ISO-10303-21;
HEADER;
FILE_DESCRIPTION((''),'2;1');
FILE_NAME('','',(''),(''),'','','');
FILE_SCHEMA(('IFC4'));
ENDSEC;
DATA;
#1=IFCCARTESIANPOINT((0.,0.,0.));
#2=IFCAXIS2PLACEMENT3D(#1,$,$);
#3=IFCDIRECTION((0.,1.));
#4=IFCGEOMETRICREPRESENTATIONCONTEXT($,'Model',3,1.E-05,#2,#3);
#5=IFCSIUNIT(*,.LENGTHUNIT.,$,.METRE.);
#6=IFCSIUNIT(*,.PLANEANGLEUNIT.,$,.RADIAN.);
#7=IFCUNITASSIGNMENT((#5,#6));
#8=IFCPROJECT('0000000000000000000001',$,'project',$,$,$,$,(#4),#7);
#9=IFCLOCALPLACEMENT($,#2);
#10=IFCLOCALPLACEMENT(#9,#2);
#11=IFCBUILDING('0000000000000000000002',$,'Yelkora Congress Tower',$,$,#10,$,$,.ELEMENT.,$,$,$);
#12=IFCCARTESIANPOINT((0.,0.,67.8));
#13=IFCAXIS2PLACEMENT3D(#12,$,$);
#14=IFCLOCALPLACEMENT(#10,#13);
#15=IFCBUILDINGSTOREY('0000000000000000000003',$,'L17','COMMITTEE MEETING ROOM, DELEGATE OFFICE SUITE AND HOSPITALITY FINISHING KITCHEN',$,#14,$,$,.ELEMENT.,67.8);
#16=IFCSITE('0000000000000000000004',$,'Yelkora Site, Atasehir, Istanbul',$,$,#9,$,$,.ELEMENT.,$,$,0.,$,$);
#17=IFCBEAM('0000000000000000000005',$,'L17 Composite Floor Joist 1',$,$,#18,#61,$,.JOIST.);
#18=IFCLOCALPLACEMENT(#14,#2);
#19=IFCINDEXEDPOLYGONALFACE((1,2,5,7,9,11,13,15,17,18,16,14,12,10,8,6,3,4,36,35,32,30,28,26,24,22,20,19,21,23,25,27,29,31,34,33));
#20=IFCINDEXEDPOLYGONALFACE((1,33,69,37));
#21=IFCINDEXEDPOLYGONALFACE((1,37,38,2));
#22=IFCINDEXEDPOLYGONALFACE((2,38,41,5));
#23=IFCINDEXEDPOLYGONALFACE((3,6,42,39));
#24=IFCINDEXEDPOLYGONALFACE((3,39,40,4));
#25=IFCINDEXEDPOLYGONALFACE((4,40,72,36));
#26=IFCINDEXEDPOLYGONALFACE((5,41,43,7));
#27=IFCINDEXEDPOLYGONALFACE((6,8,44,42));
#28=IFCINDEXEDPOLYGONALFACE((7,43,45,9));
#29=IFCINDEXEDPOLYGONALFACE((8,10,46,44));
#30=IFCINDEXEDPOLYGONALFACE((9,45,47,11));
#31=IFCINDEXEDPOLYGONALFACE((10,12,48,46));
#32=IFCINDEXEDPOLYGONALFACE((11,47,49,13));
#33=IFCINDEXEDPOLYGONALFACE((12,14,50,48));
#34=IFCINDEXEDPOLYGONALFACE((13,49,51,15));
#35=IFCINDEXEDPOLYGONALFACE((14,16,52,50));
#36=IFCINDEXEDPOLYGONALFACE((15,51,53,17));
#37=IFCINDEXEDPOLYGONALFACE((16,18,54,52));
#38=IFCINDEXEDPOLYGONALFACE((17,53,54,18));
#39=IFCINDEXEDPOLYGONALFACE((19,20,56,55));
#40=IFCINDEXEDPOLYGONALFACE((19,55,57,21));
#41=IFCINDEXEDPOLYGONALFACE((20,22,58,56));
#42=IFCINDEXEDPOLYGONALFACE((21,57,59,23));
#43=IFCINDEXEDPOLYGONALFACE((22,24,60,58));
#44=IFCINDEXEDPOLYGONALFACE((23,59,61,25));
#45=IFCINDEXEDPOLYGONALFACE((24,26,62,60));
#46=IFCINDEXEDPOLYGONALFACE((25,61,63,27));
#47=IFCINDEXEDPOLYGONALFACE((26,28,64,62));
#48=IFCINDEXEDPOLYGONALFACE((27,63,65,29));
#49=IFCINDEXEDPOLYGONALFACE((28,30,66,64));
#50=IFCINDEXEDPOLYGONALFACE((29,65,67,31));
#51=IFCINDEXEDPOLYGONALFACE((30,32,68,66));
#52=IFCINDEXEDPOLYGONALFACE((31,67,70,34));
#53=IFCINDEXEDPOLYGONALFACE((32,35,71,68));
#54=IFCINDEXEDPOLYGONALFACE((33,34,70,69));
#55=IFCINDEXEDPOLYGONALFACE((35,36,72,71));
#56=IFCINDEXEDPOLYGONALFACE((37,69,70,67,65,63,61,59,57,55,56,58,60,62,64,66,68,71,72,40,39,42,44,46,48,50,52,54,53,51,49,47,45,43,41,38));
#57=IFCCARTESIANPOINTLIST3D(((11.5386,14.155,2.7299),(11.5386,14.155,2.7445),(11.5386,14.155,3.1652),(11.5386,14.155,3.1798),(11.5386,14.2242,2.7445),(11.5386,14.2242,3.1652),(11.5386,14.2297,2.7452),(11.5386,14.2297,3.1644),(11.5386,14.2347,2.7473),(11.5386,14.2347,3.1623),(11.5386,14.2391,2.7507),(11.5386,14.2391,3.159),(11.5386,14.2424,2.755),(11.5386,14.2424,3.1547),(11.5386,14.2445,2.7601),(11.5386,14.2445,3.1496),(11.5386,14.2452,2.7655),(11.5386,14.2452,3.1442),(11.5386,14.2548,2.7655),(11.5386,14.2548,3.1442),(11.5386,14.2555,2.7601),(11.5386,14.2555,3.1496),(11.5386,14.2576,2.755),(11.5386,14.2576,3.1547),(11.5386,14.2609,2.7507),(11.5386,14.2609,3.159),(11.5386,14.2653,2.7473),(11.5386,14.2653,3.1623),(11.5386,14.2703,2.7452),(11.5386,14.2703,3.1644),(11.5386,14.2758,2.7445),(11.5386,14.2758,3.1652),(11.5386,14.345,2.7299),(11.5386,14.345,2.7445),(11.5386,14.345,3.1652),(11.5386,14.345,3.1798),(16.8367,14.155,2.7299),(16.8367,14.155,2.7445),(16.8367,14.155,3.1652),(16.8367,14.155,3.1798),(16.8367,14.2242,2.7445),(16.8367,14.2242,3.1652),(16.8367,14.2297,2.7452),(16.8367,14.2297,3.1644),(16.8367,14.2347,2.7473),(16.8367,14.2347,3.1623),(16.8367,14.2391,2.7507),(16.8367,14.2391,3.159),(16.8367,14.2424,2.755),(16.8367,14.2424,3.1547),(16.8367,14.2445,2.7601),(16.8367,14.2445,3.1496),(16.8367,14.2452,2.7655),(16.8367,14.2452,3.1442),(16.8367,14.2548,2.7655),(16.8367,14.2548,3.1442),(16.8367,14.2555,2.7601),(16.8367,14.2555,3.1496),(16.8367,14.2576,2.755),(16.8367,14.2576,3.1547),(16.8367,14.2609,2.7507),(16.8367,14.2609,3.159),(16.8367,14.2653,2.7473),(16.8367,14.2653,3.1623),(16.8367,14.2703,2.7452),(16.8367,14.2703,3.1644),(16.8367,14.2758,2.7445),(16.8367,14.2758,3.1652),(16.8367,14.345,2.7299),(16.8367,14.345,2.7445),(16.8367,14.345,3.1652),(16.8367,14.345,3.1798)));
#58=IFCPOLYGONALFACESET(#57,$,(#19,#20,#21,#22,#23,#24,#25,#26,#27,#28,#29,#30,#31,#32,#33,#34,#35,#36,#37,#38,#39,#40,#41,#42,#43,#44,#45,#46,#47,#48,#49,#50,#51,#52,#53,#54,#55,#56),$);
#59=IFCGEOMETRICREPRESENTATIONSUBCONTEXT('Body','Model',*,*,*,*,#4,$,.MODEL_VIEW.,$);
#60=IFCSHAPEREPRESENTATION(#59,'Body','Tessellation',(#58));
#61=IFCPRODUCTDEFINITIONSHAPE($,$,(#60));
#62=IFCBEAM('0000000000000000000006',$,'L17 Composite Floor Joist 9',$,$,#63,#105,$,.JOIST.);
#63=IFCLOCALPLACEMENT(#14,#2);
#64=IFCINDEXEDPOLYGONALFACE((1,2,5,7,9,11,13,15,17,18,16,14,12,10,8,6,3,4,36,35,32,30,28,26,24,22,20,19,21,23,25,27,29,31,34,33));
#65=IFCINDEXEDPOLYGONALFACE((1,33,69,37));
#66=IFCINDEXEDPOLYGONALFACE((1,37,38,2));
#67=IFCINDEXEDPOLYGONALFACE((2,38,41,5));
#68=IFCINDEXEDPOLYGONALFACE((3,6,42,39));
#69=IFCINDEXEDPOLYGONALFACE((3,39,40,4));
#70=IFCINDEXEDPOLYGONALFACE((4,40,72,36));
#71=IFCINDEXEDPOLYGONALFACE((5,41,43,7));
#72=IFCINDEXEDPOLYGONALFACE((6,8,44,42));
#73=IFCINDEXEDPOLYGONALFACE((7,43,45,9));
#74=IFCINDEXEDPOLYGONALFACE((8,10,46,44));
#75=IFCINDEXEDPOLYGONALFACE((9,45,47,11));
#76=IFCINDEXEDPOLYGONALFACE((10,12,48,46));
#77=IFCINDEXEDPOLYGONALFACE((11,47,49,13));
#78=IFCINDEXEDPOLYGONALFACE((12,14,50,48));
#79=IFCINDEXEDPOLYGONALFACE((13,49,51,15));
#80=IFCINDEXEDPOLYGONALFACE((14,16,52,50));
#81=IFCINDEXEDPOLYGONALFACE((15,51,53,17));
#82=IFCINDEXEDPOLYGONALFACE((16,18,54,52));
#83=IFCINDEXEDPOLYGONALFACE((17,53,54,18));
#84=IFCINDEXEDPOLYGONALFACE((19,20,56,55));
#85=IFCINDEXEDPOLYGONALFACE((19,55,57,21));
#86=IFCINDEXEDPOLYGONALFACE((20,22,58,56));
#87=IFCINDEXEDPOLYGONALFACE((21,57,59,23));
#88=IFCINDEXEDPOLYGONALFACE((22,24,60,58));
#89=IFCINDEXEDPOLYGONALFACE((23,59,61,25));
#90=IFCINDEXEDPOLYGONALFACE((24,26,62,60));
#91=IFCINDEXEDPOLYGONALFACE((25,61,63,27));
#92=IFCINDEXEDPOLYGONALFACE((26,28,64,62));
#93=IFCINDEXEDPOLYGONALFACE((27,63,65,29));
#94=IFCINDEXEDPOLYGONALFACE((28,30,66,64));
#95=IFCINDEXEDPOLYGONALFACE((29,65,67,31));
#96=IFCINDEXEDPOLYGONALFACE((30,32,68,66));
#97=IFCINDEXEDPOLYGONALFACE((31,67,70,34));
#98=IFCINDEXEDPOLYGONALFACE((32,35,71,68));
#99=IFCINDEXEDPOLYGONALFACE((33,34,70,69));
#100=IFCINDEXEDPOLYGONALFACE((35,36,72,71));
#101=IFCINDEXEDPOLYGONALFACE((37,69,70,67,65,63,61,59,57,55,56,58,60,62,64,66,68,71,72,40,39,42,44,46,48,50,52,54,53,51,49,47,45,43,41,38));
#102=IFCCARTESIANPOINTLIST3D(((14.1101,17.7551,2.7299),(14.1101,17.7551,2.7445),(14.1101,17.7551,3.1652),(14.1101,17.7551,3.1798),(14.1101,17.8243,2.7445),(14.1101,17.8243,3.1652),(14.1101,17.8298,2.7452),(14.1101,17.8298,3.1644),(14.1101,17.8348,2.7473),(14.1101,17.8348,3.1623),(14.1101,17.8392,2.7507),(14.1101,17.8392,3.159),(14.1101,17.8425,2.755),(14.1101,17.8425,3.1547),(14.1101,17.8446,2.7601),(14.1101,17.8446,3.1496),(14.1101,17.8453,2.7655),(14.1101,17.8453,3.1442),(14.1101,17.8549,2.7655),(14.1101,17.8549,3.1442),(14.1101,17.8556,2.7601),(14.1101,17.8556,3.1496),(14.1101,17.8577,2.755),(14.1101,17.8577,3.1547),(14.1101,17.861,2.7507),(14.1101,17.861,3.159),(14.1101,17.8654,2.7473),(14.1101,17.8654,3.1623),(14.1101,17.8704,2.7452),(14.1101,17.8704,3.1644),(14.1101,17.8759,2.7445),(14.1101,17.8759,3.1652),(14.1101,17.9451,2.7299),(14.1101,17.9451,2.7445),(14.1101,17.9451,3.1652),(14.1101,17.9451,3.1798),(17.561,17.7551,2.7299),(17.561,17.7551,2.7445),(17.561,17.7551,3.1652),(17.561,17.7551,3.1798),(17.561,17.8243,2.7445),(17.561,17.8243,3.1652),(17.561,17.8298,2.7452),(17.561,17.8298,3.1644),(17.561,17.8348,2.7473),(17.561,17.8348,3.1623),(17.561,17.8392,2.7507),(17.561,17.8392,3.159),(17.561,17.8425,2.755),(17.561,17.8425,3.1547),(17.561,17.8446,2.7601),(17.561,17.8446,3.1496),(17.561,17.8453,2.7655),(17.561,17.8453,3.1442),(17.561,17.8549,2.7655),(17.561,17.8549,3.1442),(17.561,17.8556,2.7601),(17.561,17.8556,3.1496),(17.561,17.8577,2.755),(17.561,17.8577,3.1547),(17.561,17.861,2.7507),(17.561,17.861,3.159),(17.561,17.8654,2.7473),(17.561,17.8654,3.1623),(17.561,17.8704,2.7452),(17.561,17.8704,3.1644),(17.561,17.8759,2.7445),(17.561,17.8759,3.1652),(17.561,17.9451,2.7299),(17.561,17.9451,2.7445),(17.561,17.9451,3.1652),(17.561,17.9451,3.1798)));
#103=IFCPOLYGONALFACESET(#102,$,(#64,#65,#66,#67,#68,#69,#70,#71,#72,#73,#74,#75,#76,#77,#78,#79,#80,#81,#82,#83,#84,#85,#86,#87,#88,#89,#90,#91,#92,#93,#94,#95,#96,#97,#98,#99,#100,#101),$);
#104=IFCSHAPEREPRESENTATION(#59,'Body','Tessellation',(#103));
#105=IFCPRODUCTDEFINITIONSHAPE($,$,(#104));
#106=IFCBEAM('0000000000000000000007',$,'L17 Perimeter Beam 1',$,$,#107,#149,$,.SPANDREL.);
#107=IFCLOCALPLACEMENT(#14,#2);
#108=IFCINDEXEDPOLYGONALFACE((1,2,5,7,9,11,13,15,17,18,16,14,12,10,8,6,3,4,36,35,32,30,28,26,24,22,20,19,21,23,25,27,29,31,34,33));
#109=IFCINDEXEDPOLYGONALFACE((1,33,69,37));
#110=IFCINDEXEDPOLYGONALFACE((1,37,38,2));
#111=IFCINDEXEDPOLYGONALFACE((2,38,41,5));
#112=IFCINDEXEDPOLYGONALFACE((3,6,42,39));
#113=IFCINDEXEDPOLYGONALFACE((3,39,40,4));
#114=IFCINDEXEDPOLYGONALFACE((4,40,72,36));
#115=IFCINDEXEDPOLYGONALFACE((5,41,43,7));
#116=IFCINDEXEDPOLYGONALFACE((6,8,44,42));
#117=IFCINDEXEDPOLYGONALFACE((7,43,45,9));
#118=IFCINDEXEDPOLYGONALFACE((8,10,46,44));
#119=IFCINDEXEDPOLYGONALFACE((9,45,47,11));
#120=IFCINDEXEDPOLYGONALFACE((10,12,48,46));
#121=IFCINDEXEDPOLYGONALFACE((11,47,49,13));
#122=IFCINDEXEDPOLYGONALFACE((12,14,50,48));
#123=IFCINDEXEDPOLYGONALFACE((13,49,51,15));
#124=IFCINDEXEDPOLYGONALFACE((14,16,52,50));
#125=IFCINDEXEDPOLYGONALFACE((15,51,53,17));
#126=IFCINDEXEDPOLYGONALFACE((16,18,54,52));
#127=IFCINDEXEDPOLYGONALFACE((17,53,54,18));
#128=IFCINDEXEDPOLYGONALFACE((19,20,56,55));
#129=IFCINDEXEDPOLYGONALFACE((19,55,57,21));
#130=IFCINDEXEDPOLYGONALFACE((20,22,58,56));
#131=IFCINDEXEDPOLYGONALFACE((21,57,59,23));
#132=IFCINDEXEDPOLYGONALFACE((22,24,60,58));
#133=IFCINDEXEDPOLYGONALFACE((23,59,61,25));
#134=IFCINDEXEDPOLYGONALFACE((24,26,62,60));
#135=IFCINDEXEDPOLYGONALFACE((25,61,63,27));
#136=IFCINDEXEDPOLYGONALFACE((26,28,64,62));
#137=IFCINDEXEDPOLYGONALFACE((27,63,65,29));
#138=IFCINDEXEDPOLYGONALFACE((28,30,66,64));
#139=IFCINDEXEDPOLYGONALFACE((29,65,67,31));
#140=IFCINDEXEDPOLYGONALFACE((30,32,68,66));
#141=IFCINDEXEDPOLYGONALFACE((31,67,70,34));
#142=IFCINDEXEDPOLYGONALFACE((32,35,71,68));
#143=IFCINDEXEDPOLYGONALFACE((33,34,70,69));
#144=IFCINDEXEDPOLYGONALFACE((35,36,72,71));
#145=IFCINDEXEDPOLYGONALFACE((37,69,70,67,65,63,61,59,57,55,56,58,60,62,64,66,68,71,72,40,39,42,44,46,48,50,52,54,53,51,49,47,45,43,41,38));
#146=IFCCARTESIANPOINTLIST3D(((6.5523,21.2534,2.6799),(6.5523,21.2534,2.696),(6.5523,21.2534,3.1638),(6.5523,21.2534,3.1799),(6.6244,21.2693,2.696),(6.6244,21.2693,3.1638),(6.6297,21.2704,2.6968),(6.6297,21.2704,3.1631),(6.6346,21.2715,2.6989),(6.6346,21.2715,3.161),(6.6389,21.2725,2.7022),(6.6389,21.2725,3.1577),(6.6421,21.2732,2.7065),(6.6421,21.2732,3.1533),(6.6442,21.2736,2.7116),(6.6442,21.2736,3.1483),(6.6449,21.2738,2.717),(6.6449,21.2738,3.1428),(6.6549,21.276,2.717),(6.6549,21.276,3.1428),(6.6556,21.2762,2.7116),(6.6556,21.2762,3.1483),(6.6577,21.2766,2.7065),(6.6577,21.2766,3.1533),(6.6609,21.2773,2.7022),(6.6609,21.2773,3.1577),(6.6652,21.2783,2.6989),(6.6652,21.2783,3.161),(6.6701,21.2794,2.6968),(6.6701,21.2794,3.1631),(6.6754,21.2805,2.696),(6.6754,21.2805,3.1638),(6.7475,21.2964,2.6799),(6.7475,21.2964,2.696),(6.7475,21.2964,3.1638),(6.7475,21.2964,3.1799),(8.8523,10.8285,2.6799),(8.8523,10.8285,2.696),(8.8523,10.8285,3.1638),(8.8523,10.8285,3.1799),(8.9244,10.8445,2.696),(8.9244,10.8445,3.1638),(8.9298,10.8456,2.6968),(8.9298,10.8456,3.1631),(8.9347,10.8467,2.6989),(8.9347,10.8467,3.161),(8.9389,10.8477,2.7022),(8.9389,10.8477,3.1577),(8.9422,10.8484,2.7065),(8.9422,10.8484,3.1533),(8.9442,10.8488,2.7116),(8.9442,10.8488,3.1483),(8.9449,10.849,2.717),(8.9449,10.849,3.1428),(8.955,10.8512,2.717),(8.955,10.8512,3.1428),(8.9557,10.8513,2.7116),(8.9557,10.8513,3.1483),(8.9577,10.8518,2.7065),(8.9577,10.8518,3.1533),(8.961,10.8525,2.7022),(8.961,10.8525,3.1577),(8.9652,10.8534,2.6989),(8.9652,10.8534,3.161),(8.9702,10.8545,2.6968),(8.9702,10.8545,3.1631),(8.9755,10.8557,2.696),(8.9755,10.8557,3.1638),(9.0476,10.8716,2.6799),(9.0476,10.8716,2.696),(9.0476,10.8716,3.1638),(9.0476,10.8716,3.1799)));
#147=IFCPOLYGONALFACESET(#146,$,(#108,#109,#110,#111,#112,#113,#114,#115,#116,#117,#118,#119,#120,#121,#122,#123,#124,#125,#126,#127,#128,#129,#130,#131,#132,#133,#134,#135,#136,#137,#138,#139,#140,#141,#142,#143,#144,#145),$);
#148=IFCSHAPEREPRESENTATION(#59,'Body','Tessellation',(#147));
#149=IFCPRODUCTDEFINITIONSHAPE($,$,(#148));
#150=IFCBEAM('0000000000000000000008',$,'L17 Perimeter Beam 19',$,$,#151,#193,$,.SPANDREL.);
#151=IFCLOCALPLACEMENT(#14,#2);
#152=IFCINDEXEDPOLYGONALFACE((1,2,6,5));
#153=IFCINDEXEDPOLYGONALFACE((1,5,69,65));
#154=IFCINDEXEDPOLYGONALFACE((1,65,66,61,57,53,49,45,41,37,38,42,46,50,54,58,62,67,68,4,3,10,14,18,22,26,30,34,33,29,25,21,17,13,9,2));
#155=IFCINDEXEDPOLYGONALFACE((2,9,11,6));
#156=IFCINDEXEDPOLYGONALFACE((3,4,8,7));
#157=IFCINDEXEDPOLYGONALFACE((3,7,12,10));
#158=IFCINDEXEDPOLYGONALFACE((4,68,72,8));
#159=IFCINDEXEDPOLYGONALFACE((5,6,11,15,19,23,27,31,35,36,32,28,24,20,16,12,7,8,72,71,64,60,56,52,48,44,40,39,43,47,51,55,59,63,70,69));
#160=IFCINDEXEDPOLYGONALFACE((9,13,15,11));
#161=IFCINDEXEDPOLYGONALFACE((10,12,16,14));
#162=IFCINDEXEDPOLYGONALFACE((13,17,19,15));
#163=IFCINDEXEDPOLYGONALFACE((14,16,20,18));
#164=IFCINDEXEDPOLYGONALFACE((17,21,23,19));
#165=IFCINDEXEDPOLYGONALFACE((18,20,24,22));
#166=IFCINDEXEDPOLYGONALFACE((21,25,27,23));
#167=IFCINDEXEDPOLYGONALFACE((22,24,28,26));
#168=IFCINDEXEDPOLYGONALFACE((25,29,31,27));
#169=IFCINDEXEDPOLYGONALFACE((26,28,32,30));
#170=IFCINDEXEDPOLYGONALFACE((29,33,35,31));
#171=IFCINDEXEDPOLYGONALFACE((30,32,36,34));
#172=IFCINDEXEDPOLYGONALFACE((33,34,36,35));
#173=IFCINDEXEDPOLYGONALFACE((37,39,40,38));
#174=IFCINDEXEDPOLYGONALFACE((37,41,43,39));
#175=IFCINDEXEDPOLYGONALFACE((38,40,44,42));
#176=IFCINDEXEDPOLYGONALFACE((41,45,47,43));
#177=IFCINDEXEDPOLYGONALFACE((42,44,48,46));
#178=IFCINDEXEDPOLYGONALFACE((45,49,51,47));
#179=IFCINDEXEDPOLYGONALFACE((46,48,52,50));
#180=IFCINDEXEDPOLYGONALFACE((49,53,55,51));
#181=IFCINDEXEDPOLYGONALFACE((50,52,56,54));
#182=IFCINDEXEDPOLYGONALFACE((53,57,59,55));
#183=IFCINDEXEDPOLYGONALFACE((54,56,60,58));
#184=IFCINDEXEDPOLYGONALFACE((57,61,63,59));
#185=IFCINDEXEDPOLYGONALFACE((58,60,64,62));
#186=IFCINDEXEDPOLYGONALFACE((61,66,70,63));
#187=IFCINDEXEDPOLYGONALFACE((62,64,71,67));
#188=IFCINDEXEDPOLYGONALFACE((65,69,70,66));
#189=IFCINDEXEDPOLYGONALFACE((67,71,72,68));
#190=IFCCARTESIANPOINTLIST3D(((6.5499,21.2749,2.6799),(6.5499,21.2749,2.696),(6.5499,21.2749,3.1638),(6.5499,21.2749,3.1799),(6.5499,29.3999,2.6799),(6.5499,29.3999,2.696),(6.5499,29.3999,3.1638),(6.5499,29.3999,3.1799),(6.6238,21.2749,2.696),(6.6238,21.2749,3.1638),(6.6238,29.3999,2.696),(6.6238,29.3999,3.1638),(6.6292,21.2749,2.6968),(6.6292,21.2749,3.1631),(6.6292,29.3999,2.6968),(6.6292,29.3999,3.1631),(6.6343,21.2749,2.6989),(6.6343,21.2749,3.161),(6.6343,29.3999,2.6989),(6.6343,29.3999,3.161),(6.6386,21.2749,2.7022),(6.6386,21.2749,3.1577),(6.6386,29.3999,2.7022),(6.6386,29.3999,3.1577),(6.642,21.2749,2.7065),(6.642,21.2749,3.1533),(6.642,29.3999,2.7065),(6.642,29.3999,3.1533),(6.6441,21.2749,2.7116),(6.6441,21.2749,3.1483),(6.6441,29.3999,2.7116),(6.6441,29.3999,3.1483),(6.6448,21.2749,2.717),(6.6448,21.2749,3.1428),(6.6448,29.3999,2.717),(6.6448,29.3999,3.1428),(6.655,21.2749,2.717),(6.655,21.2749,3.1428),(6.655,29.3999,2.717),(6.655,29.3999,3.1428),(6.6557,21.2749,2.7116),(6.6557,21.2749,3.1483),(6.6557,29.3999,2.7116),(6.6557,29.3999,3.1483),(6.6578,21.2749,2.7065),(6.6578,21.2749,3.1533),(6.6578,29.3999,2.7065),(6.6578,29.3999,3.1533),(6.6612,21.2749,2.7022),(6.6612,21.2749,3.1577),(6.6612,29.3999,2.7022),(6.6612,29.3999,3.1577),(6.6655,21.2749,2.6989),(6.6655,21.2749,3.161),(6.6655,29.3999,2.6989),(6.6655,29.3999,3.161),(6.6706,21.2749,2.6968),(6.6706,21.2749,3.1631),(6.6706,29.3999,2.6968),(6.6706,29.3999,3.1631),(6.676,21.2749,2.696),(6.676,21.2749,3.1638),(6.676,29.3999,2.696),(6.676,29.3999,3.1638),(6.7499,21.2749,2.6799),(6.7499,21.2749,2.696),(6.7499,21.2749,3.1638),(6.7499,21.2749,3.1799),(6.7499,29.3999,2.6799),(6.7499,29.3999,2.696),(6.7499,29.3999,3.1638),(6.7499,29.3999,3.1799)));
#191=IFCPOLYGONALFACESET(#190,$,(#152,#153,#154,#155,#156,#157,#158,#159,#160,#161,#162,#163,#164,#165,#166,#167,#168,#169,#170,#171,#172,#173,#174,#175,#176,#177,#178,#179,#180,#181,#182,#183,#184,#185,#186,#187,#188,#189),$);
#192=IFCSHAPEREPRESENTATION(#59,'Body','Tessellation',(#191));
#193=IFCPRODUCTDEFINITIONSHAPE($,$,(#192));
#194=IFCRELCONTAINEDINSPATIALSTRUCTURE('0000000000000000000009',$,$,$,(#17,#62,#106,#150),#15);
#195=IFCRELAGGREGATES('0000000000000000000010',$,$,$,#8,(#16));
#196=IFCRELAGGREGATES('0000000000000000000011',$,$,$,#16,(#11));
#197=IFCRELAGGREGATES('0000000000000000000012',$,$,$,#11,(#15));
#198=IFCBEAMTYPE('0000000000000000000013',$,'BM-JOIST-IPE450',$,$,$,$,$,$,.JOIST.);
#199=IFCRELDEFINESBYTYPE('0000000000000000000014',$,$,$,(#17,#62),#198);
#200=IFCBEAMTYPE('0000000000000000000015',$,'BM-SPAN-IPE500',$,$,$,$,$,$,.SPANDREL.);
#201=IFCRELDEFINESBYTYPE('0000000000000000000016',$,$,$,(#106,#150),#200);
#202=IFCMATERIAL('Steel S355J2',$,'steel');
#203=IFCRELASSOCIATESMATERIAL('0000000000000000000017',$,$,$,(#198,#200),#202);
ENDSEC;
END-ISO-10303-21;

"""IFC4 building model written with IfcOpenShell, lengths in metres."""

from ifc_helpers import new_model, si_unit, direction, frame, origin, origin_2d, place, context, subcontext, project, spatial, i_section, extrude, material, material_profile, profile_set, type_object, element, save


model = new_model("IFC4")

# Units and contexts
model_context = context("Model", 3, precision=1e-05, world=origin(), true_north=direction((0.0, 1.0)))
body_context = subcontext(model_context, "Body", "Model", "MODEL_VIEW")
ifc_project = project(units=[si_unit("LENGTHUNIT", "METRE"), si_unit("PLANEANGLEUNIT", "RADIAN")], contexts=[model_context])

# Site, building, storey
site_placement = place(None, origin())
site = spatial("IfcSite", under=ifc_project, at=site_placement, Name="Yelkora Site, Atasehir, Istanbul", CompositionType="ELEMENT", RefElevation=0.0)
building_placement = place(site_placement, origin())
building = spatial("IfcBuilding", under=site, at=building_placement, Name="Yelkora Congress Tower", CompositionType="ELEMENT")
storey_placement = place(building_placement, frame((0.0, 0.0, 67.8)))
storey = spatial("IfcBuildingStorey", under=building, at=storey_placement, Name="L17", Description="COMMITTEE MEETING ROOM, DELEGATE OFFICE SUITE AND HOSPITALITY FINISHING KITCHEN", CompositionType="ELEMENT", Elevation=67.8)

# Beams
ifc_material_1 = material(Name="Steel S355J2", Category="steel")
ifc_material_profile_1 = material_profile(ifc_material_1, i_section(OverallWidth=0.1899, OverallDepth=0.45, WebThickness=0.0095, FlangeThickness=0.0146, FilletRadius=0.021, at=origin_2d()), Name="IPE 450")
ifc_profile_set_1 = profile_set([ifc_material_profile_1], Name="Steel S355J2")
beam_type_1 = type_object("IfcBeamType", Name="BM-JOIST-IPE450", PredefinedType="JOIST", material=ifc_profile_set_1)
beam_1_placement = place(storey_placement, frame((11.5386, 14.25, 2.9548), z_axis=(1.0, 0.0, 0.0), x_axis=(0.0, 1.0, 0.0)))
element("IfcBeam", 1, at=beam_1_placement, inside=storey, type_object=beam_type_1, Name="L17 Composite Floor Joist 1", PredefinedType="JOIST", context=body_context, shape_type="SweptSolid", body=[
    extrude(i_section(OverallWidth=0.1899, OverallDepth=0.45, WebThickness=0.0095, FlangeThickness=0.0146, FilletRadius=0.021, at=origin_2d()), origin(), (0.0, 0.0, 1.0), 5.2981),
])
beam_2_placement = place(storey_placement, frame((14.1101, 17.8501, 2.9548), z_axis=(1.0, 0.0, 0.0), x_axis=(0.0, 1.0, 0.0)))
element("IfcBeam", 2, at=beam_2_placement, inside=storey, type_object=beam_type_1, Name="L17 Composite Floor Joist 9", PredefinedType="JOIST", context=body_context, shape_type="SweptSolid", body=[
    extrude(i_section(OverallWidth=0.1899, OverallDepth=0.45, WebThickness=0.0095, FlangeThickness=0.0146, FilletRadius=0.021, at=origin_2d()), origin(), (0.0, 0.0, 1.0), 3.4509),
])
ifc_material_profile_2 = material_profile(ifc_material_1, i_section(OverallWidth=0.2, OverallDepth=0.5, WebThickness=0.0103, FlangeThickness=0.0161, FilletRadius=0.021, at=origin_2d()), Name="IPE 500")
ifc_profile_set_2 = profile_set([ifc_material_profile_2], Name="Steel S355J2")
beam_type_2 = type_object("IfcBeamType", Name="BM-SPAN-IPE500", PredefinedType="SPANDREL", material=ifc_profile_set_2)
beam_3_placement = place(storey_placement, frame((6.6499, 21.2749, 2.9299), z_axis=(0.215451, -0.976515, 0.0), x_axis=(0.976515, 0.215451, 0.0)))
element("IfcBeam", 3, at=beam_3_placement, inside=storey, type_object=beam_type_2, Name="L17 Perimeter Beam 1", PredefinedType="SPANDREL", context=body_context, shape_type="SweptSolid", body=[
    extrude(i_section(OverallWidth=0.2, OverallDepth=0.5, WebThickness=0.0103, FlangeThickness=0.0161, FilletRadius=0.021, at=origin_2d()), origin(), (0.0, 0.0, 1.0), 10.6755),
])
beam_4_placement = place(storey_placement, frame((6.6499, 29.3999, 2.9299), z_axis=(0.0, -1.0, 0.0), x_axis=(1.0, 0.0, 0.0)))
element("IfcBeam", 4, at=beam_4_placement, inside=storey, type_object=beam_type_2, Name="L17 Perimeter Beam 19", PredefinedType="SPANDREL", context=body_context, shape_type="SweptSolid", body=[
    extrude(i_section(OverallWidth=0.2, OverallDepth=0.5, WebThickness=0.0103, FlangeThickness=0.0161, FilletRadius=0.021, at=origin_2d()), origin(), (0.0, 0.0, 1.0), 8.125),
])

save(model, "model.ifc")
